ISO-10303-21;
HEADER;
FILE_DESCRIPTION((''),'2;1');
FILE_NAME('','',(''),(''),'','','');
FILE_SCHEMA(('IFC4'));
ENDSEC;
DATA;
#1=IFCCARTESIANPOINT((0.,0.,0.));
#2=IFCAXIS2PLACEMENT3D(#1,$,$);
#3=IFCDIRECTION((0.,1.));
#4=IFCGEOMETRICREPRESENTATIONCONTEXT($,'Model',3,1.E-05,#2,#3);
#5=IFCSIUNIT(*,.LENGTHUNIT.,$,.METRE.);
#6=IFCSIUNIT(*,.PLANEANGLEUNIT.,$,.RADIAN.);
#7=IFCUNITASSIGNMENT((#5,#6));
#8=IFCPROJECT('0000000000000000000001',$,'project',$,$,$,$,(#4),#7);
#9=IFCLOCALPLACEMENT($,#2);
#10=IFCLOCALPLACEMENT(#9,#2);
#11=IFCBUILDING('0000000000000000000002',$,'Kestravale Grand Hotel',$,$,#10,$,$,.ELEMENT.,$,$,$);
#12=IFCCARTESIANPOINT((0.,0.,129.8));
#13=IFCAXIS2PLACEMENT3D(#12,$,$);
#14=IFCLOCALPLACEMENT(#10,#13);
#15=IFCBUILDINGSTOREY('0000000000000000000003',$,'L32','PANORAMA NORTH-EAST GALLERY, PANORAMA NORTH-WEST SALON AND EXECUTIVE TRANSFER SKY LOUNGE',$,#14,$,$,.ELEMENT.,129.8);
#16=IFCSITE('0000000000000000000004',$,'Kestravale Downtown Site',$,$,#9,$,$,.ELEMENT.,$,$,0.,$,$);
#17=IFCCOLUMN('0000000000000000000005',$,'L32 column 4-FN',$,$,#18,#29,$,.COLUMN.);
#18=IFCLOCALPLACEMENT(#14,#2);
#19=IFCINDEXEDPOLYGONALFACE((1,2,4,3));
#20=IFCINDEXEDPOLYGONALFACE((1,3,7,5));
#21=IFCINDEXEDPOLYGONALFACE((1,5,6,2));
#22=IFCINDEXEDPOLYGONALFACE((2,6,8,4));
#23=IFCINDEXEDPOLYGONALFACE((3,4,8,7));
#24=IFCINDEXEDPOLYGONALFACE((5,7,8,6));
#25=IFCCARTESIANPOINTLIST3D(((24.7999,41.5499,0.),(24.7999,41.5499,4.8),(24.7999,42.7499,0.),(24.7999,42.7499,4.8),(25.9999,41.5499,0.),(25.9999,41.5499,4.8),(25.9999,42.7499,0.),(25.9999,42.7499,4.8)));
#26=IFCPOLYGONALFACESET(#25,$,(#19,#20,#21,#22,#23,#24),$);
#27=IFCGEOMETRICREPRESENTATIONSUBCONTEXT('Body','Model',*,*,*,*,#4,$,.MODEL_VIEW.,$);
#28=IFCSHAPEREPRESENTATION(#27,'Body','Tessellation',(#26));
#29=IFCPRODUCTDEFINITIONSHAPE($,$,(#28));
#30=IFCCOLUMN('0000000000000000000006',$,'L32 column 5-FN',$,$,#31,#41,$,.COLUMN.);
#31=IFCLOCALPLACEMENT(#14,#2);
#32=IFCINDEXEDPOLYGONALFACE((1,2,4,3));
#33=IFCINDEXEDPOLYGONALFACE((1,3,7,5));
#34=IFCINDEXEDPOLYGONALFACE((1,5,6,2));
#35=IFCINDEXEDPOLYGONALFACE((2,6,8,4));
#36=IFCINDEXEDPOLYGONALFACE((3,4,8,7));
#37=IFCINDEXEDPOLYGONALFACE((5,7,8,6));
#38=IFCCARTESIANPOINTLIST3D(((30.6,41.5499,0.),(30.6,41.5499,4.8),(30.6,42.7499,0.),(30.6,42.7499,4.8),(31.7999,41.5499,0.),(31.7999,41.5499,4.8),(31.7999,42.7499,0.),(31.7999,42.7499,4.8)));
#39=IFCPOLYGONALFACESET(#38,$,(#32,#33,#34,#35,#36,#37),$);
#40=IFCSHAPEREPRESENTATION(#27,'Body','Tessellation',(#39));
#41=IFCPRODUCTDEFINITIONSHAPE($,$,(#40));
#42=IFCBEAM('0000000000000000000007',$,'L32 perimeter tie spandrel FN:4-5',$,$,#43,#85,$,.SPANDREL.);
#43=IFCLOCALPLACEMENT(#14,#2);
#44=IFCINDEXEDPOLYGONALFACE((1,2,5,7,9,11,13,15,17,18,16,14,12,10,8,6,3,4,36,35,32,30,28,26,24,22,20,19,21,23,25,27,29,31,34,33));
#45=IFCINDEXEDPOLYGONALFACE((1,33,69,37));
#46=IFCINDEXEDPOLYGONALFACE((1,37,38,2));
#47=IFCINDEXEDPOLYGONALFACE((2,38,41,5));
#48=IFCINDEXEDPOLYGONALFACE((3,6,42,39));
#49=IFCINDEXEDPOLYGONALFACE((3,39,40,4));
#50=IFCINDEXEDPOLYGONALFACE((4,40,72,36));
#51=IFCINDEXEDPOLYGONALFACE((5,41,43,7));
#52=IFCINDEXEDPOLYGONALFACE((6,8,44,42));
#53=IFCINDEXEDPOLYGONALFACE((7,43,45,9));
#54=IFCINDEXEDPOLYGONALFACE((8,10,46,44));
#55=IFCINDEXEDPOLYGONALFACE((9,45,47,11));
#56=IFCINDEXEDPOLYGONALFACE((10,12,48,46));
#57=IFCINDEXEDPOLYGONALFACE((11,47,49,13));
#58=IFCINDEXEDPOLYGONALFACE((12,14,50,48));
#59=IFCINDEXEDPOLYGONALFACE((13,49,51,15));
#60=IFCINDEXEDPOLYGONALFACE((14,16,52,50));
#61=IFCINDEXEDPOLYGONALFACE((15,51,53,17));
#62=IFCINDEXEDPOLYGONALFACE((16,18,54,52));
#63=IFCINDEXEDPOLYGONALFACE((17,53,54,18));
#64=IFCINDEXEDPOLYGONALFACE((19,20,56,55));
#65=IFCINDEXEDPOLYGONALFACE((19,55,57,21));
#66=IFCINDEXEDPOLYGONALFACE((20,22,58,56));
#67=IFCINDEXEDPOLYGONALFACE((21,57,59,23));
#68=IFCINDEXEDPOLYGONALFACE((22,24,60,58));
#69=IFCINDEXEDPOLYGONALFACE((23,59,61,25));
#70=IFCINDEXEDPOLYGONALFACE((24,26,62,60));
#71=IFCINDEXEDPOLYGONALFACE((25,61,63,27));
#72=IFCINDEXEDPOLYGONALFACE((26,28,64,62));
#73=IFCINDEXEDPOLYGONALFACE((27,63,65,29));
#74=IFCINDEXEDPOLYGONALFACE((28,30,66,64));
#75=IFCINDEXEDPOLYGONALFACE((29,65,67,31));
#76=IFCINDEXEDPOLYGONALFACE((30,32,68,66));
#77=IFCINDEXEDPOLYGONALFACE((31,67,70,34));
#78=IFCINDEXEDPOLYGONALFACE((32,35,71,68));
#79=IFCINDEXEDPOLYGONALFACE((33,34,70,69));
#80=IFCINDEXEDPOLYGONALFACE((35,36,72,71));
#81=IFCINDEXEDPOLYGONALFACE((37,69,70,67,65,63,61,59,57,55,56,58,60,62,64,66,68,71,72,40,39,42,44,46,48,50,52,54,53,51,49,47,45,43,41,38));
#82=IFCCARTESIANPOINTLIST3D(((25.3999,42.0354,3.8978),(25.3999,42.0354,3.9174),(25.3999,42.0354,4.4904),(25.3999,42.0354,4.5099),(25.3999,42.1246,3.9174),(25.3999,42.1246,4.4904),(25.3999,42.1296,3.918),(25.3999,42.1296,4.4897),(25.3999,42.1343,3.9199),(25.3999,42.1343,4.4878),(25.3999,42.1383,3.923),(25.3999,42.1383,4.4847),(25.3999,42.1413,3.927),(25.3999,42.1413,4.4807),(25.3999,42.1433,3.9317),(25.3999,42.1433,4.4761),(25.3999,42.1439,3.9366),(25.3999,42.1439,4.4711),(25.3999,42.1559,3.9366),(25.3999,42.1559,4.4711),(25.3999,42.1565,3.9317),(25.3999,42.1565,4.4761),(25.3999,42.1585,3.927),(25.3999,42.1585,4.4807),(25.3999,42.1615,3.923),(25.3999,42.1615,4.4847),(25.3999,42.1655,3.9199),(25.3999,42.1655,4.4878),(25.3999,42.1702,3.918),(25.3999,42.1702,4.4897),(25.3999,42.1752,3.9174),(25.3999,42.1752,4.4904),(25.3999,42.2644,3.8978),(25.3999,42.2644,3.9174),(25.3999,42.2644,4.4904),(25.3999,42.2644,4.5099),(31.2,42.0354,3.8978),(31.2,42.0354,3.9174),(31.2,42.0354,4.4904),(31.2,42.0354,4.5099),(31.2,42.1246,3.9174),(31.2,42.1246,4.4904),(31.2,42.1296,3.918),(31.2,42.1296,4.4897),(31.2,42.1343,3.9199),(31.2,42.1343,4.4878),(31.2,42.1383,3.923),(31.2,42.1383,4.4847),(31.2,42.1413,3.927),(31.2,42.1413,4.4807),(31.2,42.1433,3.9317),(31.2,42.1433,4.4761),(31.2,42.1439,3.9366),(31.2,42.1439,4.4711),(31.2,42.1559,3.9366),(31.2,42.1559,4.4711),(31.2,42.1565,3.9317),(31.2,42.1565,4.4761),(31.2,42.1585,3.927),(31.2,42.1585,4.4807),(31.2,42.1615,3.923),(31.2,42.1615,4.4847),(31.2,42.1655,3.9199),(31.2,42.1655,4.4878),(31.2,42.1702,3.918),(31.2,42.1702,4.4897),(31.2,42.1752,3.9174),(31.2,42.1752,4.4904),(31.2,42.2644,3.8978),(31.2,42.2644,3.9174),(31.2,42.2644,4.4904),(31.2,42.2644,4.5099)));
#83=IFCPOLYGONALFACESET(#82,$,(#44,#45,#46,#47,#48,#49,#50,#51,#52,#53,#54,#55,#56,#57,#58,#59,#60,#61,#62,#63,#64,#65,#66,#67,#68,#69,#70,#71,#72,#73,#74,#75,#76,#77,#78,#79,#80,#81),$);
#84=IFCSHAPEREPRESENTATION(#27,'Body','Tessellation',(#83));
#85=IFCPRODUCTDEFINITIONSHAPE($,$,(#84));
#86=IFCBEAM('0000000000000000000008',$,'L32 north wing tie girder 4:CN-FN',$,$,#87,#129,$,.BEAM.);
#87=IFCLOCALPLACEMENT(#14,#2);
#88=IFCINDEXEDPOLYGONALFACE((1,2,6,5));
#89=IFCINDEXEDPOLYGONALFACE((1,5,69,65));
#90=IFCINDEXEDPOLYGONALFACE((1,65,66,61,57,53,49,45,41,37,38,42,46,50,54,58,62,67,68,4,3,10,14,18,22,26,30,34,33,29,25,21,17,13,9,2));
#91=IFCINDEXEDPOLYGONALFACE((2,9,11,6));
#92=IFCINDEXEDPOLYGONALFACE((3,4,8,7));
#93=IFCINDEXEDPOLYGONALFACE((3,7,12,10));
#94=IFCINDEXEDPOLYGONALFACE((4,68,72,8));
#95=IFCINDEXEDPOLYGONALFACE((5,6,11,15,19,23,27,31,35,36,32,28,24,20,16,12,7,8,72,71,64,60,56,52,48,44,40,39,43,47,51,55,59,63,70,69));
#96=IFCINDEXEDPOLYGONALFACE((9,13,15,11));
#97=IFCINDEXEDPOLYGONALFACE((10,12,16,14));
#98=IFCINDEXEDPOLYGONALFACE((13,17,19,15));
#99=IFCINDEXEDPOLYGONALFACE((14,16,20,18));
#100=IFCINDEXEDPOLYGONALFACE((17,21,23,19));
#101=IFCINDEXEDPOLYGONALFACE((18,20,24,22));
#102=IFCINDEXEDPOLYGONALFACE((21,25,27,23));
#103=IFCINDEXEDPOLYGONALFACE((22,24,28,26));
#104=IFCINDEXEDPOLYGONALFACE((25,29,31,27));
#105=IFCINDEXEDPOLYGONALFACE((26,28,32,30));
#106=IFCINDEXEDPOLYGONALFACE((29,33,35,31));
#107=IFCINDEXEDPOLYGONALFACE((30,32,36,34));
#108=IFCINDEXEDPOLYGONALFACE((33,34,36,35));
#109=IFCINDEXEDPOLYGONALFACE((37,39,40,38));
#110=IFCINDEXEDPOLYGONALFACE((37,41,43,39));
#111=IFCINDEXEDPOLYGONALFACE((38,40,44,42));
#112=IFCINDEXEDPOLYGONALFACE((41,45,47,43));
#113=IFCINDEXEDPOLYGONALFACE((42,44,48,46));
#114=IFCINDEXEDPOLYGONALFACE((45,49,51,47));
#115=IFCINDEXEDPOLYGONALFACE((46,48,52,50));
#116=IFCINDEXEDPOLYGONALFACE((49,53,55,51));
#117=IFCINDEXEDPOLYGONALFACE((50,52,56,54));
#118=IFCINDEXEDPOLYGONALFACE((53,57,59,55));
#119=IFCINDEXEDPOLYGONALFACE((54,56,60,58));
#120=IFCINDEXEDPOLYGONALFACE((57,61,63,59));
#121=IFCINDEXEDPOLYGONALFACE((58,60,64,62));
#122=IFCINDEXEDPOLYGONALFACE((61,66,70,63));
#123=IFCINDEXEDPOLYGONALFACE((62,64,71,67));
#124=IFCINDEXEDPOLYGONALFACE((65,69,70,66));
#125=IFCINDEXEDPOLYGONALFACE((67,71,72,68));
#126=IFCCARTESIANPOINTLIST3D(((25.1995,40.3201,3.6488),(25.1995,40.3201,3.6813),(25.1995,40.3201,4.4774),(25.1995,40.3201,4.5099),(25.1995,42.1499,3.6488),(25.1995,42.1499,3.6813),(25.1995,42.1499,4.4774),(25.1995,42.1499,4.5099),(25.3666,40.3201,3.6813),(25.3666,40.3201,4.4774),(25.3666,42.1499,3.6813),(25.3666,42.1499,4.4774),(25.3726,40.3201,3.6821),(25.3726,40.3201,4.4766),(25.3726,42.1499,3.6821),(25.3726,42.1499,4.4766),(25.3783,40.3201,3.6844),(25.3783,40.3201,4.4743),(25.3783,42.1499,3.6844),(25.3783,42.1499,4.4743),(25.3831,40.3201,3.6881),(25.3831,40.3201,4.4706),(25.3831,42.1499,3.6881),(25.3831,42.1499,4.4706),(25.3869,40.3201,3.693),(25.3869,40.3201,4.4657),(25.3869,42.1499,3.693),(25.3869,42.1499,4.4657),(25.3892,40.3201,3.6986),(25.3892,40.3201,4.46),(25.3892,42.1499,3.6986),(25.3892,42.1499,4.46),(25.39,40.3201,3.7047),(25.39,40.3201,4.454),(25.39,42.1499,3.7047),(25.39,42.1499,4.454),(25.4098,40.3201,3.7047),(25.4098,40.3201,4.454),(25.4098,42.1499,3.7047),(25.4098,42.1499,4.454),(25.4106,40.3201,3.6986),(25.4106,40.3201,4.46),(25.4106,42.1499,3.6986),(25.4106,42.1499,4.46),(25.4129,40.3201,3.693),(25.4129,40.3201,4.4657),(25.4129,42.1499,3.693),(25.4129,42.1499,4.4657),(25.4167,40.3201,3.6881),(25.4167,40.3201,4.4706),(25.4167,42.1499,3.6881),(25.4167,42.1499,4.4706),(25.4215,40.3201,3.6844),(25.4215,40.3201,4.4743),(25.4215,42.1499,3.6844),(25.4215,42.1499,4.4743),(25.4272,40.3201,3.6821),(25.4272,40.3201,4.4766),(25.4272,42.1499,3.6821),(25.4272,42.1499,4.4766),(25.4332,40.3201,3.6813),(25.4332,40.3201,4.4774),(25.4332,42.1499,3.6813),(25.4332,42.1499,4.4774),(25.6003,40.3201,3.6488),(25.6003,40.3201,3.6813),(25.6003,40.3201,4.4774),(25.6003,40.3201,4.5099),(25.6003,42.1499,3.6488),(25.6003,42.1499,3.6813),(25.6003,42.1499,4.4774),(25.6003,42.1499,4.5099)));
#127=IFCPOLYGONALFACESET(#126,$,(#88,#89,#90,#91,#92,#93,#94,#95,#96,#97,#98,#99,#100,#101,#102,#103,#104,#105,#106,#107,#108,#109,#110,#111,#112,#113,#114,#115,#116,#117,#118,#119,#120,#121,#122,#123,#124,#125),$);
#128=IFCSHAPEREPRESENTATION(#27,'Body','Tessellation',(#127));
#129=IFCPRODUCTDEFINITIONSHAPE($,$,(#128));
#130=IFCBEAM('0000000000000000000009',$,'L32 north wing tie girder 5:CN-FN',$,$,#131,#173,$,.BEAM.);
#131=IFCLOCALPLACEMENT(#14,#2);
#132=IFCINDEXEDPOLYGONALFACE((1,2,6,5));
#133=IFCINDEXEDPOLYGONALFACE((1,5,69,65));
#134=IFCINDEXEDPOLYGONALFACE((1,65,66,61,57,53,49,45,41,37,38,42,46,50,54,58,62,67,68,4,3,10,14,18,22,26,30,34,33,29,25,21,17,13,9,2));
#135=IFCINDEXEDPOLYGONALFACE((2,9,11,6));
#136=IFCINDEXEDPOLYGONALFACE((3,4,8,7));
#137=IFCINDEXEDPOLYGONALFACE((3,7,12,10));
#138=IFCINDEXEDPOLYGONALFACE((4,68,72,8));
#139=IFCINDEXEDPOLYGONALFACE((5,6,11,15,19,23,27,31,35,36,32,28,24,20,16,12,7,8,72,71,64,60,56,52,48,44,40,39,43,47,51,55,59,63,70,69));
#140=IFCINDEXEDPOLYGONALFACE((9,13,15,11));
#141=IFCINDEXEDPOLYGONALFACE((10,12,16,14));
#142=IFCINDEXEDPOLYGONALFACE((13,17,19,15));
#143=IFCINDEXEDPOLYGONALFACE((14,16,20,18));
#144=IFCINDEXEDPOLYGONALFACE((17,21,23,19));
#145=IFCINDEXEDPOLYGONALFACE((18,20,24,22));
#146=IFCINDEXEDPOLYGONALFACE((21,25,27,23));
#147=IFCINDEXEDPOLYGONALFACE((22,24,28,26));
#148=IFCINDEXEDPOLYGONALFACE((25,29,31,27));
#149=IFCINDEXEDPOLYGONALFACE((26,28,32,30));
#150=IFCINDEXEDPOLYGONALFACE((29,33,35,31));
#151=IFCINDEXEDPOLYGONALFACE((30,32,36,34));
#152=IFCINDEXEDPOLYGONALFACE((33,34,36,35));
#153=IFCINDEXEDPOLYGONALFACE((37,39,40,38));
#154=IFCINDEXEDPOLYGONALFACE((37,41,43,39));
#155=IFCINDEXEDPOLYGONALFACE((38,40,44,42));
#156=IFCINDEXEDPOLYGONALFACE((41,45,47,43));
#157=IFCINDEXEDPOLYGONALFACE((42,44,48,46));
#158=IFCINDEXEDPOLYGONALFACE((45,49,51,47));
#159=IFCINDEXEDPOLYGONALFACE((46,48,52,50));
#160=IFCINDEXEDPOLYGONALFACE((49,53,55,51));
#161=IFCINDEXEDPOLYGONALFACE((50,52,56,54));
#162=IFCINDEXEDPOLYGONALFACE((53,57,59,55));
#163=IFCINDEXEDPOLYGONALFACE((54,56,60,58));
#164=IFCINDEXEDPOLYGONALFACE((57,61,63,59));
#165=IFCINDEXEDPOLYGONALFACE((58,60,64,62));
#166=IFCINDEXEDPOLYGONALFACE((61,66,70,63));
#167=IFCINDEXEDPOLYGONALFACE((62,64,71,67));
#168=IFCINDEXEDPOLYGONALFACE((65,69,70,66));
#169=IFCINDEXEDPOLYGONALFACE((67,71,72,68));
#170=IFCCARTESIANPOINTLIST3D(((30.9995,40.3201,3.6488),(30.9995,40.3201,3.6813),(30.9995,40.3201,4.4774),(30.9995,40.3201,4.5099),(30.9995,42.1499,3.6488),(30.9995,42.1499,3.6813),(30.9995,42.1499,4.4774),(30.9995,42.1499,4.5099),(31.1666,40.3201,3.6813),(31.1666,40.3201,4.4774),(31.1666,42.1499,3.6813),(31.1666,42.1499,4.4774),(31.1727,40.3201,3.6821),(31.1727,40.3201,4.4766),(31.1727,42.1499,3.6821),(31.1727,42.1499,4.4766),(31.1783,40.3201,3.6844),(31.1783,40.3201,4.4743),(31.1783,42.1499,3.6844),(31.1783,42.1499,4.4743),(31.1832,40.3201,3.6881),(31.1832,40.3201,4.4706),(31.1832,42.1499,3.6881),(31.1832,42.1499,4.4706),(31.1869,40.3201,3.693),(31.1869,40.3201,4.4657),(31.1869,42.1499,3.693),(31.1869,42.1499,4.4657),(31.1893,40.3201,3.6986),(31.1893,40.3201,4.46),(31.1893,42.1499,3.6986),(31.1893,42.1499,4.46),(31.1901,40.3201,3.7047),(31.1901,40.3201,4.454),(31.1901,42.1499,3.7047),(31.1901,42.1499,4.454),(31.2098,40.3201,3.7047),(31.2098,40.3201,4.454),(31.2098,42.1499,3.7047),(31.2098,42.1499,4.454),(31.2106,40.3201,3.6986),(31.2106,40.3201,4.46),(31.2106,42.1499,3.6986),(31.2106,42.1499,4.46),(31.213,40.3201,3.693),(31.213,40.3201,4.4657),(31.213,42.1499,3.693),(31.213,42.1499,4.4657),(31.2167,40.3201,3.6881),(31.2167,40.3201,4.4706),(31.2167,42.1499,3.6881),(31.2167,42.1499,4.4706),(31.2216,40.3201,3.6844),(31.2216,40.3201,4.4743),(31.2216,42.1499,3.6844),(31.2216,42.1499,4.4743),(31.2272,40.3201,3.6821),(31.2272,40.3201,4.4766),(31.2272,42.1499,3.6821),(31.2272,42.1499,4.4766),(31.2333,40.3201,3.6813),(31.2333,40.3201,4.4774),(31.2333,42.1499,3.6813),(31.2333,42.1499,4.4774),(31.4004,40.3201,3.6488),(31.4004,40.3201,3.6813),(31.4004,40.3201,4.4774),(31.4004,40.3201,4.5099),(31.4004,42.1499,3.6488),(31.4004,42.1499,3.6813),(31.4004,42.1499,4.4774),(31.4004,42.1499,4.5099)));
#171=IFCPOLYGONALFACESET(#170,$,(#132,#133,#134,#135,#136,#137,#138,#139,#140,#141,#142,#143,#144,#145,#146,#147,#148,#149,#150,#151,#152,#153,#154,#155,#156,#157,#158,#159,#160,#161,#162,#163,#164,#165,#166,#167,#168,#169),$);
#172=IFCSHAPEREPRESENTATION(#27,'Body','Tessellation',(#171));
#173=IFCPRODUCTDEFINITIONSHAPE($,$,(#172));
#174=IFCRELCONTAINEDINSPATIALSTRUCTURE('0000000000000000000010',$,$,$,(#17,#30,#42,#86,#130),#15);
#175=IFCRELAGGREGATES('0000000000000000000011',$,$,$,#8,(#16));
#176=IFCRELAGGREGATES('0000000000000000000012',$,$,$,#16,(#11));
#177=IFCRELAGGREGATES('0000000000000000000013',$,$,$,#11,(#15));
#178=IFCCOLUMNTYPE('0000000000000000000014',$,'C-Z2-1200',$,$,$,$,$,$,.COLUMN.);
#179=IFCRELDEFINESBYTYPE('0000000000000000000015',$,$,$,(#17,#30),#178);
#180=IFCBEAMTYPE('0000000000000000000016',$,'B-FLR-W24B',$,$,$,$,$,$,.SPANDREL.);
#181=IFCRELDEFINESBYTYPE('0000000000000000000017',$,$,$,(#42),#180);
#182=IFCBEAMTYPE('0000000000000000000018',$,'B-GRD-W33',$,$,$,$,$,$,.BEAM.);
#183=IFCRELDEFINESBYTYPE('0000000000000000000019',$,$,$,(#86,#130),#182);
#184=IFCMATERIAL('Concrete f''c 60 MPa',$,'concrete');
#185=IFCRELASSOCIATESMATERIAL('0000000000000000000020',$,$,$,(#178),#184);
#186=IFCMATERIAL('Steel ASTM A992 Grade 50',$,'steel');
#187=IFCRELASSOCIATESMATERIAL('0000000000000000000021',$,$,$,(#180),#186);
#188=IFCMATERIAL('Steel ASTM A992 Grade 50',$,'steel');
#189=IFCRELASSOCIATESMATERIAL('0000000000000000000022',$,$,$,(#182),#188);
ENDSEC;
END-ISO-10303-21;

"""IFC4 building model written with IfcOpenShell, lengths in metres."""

from ifc_helpers import new_model, si_unit, direction, frame, origin, origin_2d, place, context, subcontext, project, spatial, rectangle, i_section, extrude, material, material_profile, profile_set, type_object, element, save


model = new_model("IFC4")

# Units and contexts
model_context = context("Model", 3, precision=1e-05, world=origin(), true_north=direction((0.0, 1.0)))
body_context = subcontext(model_context, "Body", "Model", "MODEL_VIEW")
ifc_project = project(units=[si_unit("LENGTHUNIT", "METRE"), si_unit("PLANEANGLEUNIT", "RADIAN")], contexts=[model_context])

# Site, building, storey
site_placement = place(None, origin())
site = spatial("IfcSite", under=ifc_project, at=site_placement, Name="Kestravale Downtown Site", CompositionType="ELEMENT", RefElevation=0.0)
building_placement = place(site_placement, origin())
building = spatial("IfcBuilding", under=site, at=building_placement, Name="Kestravale Grand Hotel", CompositionType="ELEMENT")
storey_placement = place(building_placement, frame((0.0, 0.0, 129.8)))
storey = spatial("IfcBuildingStorey", under=building, at=storey_placement, Name="L32", Description="PANORAMA NORTH-EAST GALLERY, PANORAMA NORTH-WEST SALON AND EXECUTIVE TRANSFER SKY LOUNGE", CompositionType="ELEMENT", Elevation=129.8)

# Columns
ifc_material_1 = material(Name="Concrete f'c 60 MPa", Category="concrete")
ifc_material_profile_1 = material_profile(ifc_material_1, rectangle(XDim=1.2, YDim=1.2, at=origin_2d()))
ifc_profile_set_1 = profile_set([ifc_material_profile_1], Name="Concrete f'c 60 MPa")
column_type = type_object("IfcColumnType", Name="C-Z2-1200", PredefinedType="COLUMN", material=ifc_profile_set_1)
for number, where, z_axis, x_axis, name in (
    (1, (25.3999, 42.1499, 0.0), (0.0, 0.0, 1.0), (1.0, 0.0, 0.0), "L32 column 4-FN"),
    (2, (31.2, 42.1499, 0.0), (0.0, 0.0, 1.0), (1.0, 0.0, 0.0), "L32 column 5-FN"),
):
    element("IfcColumn", number, at=place(storey_placement, frame(where, z_axis=z_axis, x_axis=x_axis)), inside=storey, type_object=column_type, Name=name, PredefinedType="COLUMN", context=body_context, shape_type="SweptSolid", body=[
        extrude(rectangle(XDim=1.2, YDim=1.2, at=origin_2d()), origin(), (0.0, 0.0, 1.0), 4.8),
    ])

# Beams
ifc_material_2 = material(Name="Steel ASTM A992 Grade 50", Category="steel")
ifc_material_profile_2 = material_profile(ifc_material_2, i_section(OverallWidth=0.229, OverallDepth=0.6121, WebThickness=0.012, FlangeThickness=0.0195, FilletRadius=0.0193, at=origin_2d()))
ifc_profile_set_2 = profile_set([ifc_material_profile_2], Name="Steel ASTM A992 Grade 50")
beam_type_1 = type_object("IfcBeamType", Name="B-FLR-W24B", PredefinedType="SPANDREL", material=ifc_profile_set_2)
beam_placement = place(storey_placement, frame((25.3999, 42.1499, 4.2039), z_axis=(1.0, 0.0, 0.0), x_axis=(0.0, 1.0, 0.0)))
element("IfcBeam", 3, at=beam_placement, inside=storey, type_object=beam_type_1, Name="L32 perimeter tie spandrel FN:4-5", PredefinedType="SPANDREL", context=body_context, shape_type="SweptSolid", body=[
    extrude(i_section(OverallWidth=0.229, OverallDepth=0.6121, WebThickness=0.012, FlangeThickness=0.0195, FilletRadius=0.0193, at=origin_2d()), origin(), (0.0, 0.0, 1.0), 5.8),
])
ifc_material_3 = material(Name="Steel ASTM A992 Grade 50", Category="steel")
ifc_material_profile_3 = material_profile(ifc_material_3, i_section(OverallWidth=0.4009, OverallDepth=0.8611, WebThickness=0.0198, FlangeThickness=0.0325, FilletRadius=0.0234, at=origin_2d()))
ifc_profile_set_3 = profile_set([ifc_material_profile_3], Name="Steel ASTM A992 Grade 50")
beam_type_2 = type_object("IfcBeamType", Name="B-GRD-W33", PredefinedType="BEAM", material=ifc_profile_set_3)
for number, where, z_axis, x_axis, name in (
    (4, (25.3999, 40.3201, 4.0793), (0.0, 1.0, 0.0), (-1.0, 0.0, 0.0), "L32 north wing tie girder 4:CN-FN"),
    (5, (31.2, 40.3201, 4.0793), (0.0, 1.0, 0.0), (-1.0, 0.0, 0.0), "L32 north wing tie girder 5:CN-FN"),
):
    element("IfcBeam", number, at=place(storey_placement, frame(where, z_axis=z_axis, x_axis=x_axis)), inside=storey, type_object=beam_type_2, Name=name, PredefinedType="BEAM", context=body_context, shape_type="SweptSolid", body=[
        extrude(i_section(OverallWidth=0.4009, OverallDepth=0.8611, WebThickness=0.0198, FlangeThickness=0.0325, FilletRadius=0.0234, at=origin_2d()), origin(), (0.0, 0.0, 1.0), 1.8298),
    ])

save(model, "model.ifc")
